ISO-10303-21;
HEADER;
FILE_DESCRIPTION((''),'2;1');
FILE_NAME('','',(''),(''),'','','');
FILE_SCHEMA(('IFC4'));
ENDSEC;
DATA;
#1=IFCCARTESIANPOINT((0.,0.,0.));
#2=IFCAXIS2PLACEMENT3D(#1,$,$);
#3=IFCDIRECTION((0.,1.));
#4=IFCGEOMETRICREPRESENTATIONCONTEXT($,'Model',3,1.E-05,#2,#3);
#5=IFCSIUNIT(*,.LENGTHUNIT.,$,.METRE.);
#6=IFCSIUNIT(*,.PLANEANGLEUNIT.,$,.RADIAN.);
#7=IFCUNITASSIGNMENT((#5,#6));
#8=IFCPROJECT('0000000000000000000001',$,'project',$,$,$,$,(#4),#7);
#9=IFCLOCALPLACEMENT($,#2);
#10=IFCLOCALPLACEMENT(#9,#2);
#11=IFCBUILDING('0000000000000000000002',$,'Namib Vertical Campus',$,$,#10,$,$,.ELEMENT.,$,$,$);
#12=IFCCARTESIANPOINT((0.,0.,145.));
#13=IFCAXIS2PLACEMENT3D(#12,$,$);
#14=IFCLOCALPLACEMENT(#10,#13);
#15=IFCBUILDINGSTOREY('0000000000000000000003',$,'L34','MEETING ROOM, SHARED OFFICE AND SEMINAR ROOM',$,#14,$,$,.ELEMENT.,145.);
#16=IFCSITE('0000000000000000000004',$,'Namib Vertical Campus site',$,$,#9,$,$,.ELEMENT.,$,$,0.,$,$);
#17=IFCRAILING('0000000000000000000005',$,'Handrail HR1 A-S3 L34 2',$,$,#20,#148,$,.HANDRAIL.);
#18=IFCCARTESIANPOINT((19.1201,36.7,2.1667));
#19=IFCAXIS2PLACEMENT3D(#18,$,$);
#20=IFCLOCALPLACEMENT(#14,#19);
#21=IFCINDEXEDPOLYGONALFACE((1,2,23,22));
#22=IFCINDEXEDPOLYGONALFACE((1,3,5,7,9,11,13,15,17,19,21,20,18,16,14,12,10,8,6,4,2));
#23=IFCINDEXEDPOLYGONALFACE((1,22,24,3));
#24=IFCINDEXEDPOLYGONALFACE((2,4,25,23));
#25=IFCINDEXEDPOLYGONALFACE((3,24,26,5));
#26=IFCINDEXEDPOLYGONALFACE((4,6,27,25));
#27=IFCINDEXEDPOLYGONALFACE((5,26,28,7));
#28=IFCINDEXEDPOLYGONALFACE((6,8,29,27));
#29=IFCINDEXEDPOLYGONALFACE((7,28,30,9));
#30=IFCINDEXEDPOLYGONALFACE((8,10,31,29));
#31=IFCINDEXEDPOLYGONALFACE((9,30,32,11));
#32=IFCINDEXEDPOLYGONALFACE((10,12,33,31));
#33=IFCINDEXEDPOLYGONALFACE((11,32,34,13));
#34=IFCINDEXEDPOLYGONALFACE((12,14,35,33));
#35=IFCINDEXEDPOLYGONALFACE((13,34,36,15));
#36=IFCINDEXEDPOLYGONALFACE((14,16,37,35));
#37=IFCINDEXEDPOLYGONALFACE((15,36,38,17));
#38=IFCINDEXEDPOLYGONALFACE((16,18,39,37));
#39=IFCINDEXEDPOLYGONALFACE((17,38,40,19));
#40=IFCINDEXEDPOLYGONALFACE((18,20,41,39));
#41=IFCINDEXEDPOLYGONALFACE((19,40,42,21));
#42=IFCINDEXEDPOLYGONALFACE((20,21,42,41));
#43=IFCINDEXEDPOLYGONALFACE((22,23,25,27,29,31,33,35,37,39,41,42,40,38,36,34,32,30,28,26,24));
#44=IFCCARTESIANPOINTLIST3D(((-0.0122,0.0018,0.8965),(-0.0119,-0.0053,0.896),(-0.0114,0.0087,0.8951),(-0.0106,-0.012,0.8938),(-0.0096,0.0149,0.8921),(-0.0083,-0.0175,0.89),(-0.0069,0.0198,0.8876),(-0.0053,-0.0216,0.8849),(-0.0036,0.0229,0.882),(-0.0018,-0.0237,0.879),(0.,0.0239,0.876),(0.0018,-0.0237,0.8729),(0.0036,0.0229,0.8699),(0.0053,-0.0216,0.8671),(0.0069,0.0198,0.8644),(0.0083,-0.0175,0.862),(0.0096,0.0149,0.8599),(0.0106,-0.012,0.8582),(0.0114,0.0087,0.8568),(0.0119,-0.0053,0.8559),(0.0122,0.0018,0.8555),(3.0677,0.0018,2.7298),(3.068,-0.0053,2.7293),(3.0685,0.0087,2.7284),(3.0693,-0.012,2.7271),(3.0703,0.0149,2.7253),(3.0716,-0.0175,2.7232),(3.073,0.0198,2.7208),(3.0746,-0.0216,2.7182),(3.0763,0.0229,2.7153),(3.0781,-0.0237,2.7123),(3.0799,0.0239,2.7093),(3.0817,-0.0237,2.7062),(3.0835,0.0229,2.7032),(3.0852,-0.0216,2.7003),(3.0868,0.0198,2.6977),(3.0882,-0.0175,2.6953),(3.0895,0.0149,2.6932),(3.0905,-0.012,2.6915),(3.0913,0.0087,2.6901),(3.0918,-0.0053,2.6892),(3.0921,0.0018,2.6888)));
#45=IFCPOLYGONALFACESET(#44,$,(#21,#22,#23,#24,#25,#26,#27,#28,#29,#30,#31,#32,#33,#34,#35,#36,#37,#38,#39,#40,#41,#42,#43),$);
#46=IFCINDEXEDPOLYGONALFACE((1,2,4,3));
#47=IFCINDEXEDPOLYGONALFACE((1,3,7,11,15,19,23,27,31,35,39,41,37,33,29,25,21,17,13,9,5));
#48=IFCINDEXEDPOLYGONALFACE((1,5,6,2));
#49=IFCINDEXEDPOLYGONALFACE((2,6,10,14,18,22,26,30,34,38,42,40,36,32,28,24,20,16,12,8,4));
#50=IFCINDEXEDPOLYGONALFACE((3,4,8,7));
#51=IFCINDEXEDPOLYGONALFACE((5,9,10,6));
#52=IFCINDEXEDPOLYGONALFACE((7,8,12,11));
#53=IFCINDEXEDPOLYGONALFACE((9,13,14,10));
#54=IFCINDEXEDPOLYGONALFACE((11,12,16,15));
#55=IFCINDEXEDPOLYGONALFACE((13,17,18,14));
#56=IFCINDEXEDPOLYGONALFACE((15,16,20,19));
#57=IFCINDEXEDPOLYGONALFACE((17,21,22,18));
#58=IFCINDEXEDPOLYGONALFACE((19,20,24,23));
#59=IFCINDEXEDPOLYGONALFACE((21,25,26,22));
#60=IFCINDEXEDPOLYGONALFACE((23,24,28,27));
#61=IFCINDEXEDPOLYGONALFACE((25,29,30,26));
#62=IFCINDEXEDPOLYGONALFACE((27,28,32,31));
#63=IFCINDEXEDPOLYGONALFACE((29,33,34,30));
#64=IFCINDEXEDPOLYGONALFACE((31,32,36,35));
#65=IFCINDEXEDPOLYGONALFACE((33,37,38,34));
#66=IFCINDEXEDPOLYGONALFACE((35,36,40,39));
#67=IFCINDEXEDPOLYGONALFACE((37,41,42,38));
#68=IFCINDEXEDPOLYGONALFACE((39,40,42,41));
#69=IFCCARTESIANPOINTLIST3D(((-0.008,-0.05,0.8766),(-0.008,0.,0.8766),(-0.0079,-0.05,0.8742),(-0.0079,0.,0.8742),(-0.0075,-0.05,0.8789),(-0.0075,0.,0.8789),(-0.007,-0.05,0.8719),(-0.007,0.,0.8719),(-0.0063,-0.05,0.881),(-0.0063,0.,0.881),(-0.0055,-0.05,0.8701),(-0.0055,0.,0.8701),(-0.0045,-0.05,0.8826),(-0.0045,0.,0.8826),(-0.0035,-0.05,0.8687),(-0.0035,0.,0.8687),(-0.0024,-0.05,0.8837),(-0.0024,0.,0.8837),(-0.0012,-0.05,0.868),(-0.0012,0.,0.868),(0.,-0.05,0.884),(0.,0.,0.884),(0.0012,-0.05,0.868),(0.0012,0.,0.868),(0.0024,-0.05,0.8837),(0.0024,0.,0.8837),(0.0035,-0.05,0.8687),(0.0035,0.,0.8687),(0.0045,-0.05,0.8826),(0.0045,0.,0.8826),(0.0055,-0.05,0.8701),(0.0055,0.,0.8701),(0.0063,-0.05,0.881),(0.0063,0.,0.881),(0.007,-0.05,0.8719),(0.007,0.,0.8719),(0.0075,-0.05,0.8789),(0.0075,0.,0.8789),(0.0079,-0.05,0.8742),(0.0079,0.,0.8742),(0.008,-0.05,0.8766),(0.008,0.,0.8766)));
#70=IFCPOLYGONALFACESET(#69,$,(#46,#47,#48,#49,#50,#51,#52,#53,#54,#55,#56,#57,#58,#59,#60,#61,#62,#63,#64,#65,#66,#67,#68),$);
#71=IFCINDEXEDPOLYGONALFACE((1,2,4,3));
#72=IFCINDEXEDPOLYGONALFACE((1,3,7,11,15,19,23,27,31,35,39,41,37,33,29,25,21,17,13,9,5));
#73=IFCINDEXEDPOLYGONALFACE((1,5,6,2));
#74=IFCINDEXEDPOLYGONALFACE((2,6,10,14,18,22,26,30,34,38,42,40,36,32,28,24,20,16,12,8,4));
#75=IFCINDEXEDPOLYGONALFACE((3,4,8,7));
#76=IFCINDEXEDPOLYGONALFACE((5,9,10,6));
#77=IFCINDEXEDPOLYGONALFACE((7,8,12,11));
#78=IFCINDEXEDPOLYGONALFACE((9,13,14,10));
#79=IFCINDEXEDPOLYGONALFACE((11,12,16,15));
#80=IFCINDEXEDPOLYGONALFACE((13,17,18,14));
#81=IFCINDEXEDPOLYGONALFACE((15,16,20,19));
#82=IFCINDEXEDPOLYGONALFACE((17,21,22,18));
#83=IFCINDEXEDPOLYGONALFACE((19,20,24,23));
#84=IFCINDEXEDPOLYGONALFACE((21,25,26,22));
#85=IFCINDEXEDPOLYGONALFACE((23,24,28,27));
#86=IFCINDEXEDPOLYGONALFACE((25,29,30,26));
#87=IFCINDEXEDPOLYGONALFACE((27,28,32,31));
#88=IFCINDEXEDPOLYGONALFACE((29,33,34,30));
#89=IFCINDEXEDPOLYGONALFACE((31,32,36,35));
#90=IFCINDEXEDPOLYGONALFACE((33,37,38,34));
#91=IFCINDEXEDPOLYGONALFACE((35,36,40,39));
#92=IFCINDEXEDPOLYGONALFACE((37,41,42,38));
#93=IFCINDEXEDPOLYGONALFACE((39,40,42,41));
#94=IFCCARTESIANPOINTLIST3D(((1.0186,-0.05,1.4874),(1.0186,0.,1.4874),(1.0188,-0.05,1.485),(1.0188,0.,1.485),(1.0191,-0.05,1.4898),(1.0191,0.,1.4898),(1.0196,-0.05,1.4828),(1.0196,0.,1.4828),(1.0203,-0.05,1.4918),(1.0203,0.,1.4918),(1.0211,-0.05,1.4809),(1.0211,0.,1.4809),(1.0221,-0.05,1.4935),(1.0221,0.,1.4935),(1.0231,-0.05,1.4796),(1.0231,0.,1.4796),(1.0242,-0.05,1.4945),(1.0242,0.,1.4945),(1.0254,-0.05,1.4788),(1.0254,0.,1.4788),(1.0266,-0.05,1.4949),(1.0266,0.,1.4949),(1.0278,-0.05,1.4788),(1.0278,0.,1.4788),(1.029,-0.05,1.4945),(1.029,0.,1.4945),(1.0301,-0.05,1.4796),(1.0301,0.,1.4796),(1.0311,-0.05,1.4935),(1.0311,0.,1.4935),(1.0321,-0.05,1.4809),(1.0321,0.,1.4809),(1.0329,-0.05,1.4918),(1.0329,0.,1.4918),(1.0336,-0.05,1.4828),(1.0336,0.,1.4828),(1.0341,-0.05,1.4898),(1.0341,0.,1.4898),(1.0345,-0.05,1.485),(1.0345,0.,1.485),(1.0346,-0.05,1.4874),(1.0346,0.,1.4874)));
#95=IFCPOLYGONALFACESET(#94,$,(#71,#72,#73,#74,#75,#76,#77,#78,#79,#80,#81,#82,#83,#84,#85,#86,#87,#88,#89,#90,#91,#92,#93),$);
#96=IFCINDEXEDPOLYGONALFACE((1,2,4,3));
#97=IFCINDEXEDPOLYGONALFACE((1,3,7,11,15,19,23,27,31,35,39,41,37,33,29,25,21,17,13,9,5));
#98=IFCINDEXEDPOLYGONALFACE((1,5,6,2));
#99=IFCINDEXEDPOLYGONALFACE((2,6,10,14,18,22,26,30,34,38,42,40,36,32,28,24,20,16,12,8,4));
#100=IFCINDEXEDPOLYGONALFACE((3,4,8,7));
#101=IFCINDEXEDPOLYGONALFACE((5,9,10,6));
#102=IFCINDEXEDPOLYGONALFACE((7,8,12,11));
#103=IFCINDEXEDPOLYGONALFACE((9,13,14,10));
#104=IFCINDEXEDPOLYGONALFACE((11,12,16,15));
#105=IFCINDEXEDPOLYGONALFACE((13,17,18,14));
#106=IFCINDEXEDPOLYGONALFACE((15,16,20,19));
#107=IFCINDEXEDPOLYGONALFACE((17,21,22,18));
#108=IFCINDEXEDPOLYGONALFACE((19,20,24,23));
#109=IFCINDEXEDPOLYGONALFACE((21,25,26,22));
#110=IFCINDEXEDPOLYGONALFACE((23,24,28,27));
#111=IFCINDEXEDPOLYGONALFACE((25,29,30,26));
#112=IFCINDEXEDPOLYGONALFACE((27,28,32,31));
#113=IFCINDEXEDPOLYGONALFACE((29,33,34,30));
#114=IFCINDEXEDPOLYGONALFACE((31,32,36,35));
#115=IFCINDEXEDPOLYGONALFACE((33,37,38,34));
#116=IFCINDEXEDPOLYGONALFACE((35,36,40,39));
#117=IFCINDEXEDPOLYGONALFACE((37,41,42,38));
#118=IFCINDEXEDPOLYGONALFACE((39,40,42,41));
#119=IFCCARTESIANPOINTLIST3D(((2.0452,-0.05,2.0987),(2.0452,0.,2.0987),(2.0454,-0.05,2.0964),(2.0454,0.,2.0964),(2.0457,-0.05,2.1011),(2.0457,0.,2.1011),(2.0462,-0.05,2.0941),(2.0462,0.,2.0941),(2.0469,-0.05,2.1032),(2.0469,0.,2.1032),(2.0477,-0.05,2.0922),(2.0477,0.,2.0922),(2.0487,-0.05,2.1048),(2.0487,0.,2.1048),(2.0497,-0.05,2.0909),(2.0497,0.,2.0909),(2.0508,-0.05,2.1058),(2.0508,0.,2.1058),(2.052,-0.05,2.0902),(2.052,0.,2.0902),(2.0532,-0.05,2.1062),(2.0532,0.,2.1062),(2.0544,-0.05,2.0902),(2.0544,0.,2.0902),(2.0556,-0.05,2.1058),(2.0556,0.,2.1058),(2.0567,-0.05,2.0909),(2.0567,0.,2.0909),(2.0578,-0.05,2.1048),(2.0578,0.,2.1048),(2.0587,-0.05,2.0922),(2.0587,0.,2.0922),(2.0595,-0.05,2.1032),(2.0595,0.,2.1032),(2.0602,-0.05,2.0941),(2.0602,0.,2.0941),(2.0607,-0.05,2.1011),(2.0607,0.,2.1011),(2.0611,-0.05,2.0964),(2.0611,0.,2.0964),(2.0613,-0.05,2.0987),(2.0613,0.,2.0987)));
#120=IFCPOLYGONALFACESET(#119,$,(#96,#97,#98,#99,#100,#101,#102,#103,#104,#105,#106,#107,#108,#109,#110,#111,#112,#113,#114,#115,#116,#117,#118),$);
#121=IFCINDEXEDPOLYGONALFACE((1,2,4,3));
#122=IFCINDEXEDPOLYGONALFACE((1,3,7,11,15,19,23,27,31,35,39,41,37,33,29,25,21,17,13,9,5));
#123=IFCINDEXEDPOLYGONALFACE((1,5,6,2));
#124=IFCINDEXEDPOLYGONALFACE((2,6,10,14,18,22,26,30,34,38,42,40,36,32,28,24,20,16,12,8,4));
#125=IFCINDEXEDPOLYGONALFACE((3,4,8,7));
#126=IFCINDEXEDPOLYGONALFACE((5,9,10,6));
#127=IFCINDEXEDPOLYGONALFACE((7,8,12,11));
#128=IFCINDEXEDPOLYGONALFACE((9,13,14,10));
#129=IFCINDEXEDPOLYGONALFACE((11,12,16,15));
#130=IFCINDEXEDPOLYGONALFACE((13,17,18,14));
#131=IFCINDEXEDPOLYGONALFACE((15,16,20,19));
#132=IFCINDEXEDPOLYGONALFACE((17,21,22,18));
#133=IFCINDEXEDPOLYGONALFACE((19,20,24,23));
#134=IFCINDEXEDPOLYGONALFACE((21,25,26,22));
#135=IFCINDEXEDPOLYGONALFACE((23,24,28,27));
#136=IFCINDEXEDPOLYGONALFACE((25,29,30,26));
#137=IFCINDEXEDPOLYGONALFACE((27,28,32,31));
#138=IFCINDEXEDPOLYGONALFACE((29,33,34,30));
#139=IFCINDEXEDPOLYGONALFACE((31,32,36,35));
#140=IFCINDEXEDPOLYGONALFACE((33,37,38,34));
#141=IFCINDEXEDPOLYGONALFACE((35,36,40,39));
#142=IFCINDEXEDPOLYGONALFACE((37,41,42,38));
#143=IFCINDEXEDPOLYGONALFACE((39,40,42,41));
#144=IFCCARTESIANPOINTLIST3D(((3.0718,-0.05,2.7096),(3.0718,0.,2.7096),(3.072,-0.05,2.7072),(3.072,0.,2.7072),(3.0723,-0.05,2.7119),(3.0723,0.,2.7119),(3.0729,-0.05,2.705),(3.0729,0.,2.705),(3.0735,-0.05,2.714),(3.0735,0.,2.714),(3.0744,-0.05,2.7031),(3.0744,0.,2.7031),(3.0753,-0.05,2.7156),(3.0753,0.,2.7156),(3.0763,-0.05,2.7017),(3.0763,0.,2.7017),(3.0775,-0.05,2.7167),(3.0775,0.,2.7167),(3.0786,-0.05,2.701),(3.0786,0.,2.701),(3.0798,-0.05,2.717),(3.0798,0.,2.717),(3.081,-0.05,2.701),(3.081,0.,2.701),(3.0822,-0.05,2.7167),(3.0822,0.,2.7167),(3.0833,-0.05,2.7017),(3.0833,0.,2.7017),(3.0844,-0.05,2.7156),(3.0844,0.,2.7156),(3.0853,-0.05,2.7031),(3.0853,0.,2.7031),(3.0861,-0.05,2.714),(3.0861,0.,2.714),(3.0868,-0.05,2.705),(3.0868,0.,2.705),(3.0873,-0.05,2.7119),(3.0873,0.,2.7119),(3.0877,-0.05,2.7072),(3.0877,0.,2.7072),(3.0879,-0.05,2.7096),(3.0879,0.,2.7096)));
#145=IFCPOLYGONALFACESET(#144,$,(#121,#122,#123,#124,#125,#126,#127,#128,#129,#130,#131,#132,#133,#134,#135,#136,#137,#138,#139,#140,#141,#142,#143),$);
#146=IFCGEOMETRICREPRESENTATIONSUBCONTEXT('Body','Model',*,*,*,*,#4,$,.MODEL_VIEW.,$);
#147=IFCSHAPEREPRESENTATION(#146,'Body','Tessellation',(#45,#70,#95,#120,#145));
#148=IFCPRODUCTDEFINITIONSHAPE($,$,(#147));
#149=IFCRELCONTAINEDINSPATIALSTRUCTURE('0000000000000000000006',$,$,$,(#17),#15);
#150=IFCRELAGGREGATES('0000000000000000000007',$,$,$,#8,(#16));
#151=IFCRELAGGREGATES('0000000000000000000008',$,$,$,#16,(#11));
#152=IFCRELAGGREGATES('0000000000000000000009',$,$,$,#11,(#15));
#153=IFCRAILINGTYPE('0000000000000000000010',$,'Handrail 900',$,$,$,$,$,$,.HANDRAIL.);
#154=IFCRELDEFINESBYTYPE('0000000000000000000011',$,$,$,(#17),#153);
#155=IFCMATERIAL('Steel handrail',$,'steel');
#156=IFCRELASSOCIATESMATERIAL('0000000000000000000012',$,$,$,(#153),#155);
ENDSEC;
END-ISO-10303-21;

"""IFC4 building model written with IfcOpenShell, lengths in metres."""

from ifc_helpers import new_model, si_unit, direction, frame, origin, origin_2d, place, context, subcontext, project, spatial, circle, extrude, material, type_object, element, save


model = new_model("IFC4")

# Units and contexts
model_context = context("Model", 3, precision=1e-05, world=origin(), true_north=direction((0.0, 1.0)))
body_context = subcontext(model_context, "Body", "Model", "MODEL_VIEW")
ifc_project = project(units=[si_unit("LENGTHUNIT", "METRE"), si_unit("PLANEANGLEUNIT", "RADIAN")], contexts=[model_context])

# Site, building, storey
site_placement = place(None, origin())
site = spatial("IfcSite", under=ifc_project, at=site_placement, Name="Namib Vertical Campus site", CompositionType="ELEMENT", RefElevation=0.0)
building_placement = place(site_placement, origin())
building = spatial("IfcBuilding", under=site, at=building_placement, Name="Namib Vertical Campus", CompositionType="ELEMENT")
storey_placement = place(building_placement, frame((0.0, 0.0, 145.0)))
storey = spatial("IfcBuildingStorey", under=building, at=storey_placement, Name="L34", Description="MEETING ROOM, SHARED OFFICE AND SEMINAR ROOM", CompositionType="ELEMENT", Elevation=145.0)

# Railing
ifc_material_1 = material(Name="Steel handrail", Category="steel")
railing_type_1 = type_object("IfcRailingType", Name="Handrail 900", PredefinedType="HANDRAIL", material=ifc_material_1)
railing_1_placement = place(storey_placement, frame((19.1201, 36.7, 2.1667)))
element("IfcRailing", 1, at=railing_1_placement, inside=storey, type_object=railing_type_1, Name="Handrail HR1 A-S3 L34 2", PredefinedType="HANDRAIL", context=body_context, shape_type="SweptSolid", body=[
    extrude(circle(Radius=0.0239, at=origin_2d()), frame((0.0, 0.0, 0.876), z_axis=(0.859291, 0.0, 0.511487), x_axis=(0.0, 1.0, 0.0)), (0.0, 0.0, 1.0), 3.5842),
    extrude(circle(Radius=0.0081, at=origin_2d()), frame((0.0, 0.0, 0.876), z_axis=(0.0, -1.0, 0.0), x_axis=(0.0, 0.0, 1.0)), (0.0, 0.0, 1.0), 0.05),
    extrude(circle(Radius=0.0081, at=origin_2d()), frame((1.0266, 0.0, 1.4868), z_axis=(0.0, -1.0, 0.0), x_axis=(0.0, 0.0, 1.0)), (0.0, 0.0, 1.0), 0.05),
    extrude(circle(Radius=0.0081, at=origin_2d()), frame((2.0532, 0.0, 2.0981), z_axis=(0.0, -1.0, 0.0), x_axis=(0.0, 0.0, 1.0)), (0.0, 0.0, 1.0), 0.05),
    extrude(circle(Radius=0.0081, at=origin_2d()), frame((3.0798, 0.0, 2.709), z_axis=(0.0, -1.0, 0.0), x_axis=(0.0, 0.0, 1.0)), (0.0, 0.0, 1.0), 0.05),
])

save(model, "model.ifc")
